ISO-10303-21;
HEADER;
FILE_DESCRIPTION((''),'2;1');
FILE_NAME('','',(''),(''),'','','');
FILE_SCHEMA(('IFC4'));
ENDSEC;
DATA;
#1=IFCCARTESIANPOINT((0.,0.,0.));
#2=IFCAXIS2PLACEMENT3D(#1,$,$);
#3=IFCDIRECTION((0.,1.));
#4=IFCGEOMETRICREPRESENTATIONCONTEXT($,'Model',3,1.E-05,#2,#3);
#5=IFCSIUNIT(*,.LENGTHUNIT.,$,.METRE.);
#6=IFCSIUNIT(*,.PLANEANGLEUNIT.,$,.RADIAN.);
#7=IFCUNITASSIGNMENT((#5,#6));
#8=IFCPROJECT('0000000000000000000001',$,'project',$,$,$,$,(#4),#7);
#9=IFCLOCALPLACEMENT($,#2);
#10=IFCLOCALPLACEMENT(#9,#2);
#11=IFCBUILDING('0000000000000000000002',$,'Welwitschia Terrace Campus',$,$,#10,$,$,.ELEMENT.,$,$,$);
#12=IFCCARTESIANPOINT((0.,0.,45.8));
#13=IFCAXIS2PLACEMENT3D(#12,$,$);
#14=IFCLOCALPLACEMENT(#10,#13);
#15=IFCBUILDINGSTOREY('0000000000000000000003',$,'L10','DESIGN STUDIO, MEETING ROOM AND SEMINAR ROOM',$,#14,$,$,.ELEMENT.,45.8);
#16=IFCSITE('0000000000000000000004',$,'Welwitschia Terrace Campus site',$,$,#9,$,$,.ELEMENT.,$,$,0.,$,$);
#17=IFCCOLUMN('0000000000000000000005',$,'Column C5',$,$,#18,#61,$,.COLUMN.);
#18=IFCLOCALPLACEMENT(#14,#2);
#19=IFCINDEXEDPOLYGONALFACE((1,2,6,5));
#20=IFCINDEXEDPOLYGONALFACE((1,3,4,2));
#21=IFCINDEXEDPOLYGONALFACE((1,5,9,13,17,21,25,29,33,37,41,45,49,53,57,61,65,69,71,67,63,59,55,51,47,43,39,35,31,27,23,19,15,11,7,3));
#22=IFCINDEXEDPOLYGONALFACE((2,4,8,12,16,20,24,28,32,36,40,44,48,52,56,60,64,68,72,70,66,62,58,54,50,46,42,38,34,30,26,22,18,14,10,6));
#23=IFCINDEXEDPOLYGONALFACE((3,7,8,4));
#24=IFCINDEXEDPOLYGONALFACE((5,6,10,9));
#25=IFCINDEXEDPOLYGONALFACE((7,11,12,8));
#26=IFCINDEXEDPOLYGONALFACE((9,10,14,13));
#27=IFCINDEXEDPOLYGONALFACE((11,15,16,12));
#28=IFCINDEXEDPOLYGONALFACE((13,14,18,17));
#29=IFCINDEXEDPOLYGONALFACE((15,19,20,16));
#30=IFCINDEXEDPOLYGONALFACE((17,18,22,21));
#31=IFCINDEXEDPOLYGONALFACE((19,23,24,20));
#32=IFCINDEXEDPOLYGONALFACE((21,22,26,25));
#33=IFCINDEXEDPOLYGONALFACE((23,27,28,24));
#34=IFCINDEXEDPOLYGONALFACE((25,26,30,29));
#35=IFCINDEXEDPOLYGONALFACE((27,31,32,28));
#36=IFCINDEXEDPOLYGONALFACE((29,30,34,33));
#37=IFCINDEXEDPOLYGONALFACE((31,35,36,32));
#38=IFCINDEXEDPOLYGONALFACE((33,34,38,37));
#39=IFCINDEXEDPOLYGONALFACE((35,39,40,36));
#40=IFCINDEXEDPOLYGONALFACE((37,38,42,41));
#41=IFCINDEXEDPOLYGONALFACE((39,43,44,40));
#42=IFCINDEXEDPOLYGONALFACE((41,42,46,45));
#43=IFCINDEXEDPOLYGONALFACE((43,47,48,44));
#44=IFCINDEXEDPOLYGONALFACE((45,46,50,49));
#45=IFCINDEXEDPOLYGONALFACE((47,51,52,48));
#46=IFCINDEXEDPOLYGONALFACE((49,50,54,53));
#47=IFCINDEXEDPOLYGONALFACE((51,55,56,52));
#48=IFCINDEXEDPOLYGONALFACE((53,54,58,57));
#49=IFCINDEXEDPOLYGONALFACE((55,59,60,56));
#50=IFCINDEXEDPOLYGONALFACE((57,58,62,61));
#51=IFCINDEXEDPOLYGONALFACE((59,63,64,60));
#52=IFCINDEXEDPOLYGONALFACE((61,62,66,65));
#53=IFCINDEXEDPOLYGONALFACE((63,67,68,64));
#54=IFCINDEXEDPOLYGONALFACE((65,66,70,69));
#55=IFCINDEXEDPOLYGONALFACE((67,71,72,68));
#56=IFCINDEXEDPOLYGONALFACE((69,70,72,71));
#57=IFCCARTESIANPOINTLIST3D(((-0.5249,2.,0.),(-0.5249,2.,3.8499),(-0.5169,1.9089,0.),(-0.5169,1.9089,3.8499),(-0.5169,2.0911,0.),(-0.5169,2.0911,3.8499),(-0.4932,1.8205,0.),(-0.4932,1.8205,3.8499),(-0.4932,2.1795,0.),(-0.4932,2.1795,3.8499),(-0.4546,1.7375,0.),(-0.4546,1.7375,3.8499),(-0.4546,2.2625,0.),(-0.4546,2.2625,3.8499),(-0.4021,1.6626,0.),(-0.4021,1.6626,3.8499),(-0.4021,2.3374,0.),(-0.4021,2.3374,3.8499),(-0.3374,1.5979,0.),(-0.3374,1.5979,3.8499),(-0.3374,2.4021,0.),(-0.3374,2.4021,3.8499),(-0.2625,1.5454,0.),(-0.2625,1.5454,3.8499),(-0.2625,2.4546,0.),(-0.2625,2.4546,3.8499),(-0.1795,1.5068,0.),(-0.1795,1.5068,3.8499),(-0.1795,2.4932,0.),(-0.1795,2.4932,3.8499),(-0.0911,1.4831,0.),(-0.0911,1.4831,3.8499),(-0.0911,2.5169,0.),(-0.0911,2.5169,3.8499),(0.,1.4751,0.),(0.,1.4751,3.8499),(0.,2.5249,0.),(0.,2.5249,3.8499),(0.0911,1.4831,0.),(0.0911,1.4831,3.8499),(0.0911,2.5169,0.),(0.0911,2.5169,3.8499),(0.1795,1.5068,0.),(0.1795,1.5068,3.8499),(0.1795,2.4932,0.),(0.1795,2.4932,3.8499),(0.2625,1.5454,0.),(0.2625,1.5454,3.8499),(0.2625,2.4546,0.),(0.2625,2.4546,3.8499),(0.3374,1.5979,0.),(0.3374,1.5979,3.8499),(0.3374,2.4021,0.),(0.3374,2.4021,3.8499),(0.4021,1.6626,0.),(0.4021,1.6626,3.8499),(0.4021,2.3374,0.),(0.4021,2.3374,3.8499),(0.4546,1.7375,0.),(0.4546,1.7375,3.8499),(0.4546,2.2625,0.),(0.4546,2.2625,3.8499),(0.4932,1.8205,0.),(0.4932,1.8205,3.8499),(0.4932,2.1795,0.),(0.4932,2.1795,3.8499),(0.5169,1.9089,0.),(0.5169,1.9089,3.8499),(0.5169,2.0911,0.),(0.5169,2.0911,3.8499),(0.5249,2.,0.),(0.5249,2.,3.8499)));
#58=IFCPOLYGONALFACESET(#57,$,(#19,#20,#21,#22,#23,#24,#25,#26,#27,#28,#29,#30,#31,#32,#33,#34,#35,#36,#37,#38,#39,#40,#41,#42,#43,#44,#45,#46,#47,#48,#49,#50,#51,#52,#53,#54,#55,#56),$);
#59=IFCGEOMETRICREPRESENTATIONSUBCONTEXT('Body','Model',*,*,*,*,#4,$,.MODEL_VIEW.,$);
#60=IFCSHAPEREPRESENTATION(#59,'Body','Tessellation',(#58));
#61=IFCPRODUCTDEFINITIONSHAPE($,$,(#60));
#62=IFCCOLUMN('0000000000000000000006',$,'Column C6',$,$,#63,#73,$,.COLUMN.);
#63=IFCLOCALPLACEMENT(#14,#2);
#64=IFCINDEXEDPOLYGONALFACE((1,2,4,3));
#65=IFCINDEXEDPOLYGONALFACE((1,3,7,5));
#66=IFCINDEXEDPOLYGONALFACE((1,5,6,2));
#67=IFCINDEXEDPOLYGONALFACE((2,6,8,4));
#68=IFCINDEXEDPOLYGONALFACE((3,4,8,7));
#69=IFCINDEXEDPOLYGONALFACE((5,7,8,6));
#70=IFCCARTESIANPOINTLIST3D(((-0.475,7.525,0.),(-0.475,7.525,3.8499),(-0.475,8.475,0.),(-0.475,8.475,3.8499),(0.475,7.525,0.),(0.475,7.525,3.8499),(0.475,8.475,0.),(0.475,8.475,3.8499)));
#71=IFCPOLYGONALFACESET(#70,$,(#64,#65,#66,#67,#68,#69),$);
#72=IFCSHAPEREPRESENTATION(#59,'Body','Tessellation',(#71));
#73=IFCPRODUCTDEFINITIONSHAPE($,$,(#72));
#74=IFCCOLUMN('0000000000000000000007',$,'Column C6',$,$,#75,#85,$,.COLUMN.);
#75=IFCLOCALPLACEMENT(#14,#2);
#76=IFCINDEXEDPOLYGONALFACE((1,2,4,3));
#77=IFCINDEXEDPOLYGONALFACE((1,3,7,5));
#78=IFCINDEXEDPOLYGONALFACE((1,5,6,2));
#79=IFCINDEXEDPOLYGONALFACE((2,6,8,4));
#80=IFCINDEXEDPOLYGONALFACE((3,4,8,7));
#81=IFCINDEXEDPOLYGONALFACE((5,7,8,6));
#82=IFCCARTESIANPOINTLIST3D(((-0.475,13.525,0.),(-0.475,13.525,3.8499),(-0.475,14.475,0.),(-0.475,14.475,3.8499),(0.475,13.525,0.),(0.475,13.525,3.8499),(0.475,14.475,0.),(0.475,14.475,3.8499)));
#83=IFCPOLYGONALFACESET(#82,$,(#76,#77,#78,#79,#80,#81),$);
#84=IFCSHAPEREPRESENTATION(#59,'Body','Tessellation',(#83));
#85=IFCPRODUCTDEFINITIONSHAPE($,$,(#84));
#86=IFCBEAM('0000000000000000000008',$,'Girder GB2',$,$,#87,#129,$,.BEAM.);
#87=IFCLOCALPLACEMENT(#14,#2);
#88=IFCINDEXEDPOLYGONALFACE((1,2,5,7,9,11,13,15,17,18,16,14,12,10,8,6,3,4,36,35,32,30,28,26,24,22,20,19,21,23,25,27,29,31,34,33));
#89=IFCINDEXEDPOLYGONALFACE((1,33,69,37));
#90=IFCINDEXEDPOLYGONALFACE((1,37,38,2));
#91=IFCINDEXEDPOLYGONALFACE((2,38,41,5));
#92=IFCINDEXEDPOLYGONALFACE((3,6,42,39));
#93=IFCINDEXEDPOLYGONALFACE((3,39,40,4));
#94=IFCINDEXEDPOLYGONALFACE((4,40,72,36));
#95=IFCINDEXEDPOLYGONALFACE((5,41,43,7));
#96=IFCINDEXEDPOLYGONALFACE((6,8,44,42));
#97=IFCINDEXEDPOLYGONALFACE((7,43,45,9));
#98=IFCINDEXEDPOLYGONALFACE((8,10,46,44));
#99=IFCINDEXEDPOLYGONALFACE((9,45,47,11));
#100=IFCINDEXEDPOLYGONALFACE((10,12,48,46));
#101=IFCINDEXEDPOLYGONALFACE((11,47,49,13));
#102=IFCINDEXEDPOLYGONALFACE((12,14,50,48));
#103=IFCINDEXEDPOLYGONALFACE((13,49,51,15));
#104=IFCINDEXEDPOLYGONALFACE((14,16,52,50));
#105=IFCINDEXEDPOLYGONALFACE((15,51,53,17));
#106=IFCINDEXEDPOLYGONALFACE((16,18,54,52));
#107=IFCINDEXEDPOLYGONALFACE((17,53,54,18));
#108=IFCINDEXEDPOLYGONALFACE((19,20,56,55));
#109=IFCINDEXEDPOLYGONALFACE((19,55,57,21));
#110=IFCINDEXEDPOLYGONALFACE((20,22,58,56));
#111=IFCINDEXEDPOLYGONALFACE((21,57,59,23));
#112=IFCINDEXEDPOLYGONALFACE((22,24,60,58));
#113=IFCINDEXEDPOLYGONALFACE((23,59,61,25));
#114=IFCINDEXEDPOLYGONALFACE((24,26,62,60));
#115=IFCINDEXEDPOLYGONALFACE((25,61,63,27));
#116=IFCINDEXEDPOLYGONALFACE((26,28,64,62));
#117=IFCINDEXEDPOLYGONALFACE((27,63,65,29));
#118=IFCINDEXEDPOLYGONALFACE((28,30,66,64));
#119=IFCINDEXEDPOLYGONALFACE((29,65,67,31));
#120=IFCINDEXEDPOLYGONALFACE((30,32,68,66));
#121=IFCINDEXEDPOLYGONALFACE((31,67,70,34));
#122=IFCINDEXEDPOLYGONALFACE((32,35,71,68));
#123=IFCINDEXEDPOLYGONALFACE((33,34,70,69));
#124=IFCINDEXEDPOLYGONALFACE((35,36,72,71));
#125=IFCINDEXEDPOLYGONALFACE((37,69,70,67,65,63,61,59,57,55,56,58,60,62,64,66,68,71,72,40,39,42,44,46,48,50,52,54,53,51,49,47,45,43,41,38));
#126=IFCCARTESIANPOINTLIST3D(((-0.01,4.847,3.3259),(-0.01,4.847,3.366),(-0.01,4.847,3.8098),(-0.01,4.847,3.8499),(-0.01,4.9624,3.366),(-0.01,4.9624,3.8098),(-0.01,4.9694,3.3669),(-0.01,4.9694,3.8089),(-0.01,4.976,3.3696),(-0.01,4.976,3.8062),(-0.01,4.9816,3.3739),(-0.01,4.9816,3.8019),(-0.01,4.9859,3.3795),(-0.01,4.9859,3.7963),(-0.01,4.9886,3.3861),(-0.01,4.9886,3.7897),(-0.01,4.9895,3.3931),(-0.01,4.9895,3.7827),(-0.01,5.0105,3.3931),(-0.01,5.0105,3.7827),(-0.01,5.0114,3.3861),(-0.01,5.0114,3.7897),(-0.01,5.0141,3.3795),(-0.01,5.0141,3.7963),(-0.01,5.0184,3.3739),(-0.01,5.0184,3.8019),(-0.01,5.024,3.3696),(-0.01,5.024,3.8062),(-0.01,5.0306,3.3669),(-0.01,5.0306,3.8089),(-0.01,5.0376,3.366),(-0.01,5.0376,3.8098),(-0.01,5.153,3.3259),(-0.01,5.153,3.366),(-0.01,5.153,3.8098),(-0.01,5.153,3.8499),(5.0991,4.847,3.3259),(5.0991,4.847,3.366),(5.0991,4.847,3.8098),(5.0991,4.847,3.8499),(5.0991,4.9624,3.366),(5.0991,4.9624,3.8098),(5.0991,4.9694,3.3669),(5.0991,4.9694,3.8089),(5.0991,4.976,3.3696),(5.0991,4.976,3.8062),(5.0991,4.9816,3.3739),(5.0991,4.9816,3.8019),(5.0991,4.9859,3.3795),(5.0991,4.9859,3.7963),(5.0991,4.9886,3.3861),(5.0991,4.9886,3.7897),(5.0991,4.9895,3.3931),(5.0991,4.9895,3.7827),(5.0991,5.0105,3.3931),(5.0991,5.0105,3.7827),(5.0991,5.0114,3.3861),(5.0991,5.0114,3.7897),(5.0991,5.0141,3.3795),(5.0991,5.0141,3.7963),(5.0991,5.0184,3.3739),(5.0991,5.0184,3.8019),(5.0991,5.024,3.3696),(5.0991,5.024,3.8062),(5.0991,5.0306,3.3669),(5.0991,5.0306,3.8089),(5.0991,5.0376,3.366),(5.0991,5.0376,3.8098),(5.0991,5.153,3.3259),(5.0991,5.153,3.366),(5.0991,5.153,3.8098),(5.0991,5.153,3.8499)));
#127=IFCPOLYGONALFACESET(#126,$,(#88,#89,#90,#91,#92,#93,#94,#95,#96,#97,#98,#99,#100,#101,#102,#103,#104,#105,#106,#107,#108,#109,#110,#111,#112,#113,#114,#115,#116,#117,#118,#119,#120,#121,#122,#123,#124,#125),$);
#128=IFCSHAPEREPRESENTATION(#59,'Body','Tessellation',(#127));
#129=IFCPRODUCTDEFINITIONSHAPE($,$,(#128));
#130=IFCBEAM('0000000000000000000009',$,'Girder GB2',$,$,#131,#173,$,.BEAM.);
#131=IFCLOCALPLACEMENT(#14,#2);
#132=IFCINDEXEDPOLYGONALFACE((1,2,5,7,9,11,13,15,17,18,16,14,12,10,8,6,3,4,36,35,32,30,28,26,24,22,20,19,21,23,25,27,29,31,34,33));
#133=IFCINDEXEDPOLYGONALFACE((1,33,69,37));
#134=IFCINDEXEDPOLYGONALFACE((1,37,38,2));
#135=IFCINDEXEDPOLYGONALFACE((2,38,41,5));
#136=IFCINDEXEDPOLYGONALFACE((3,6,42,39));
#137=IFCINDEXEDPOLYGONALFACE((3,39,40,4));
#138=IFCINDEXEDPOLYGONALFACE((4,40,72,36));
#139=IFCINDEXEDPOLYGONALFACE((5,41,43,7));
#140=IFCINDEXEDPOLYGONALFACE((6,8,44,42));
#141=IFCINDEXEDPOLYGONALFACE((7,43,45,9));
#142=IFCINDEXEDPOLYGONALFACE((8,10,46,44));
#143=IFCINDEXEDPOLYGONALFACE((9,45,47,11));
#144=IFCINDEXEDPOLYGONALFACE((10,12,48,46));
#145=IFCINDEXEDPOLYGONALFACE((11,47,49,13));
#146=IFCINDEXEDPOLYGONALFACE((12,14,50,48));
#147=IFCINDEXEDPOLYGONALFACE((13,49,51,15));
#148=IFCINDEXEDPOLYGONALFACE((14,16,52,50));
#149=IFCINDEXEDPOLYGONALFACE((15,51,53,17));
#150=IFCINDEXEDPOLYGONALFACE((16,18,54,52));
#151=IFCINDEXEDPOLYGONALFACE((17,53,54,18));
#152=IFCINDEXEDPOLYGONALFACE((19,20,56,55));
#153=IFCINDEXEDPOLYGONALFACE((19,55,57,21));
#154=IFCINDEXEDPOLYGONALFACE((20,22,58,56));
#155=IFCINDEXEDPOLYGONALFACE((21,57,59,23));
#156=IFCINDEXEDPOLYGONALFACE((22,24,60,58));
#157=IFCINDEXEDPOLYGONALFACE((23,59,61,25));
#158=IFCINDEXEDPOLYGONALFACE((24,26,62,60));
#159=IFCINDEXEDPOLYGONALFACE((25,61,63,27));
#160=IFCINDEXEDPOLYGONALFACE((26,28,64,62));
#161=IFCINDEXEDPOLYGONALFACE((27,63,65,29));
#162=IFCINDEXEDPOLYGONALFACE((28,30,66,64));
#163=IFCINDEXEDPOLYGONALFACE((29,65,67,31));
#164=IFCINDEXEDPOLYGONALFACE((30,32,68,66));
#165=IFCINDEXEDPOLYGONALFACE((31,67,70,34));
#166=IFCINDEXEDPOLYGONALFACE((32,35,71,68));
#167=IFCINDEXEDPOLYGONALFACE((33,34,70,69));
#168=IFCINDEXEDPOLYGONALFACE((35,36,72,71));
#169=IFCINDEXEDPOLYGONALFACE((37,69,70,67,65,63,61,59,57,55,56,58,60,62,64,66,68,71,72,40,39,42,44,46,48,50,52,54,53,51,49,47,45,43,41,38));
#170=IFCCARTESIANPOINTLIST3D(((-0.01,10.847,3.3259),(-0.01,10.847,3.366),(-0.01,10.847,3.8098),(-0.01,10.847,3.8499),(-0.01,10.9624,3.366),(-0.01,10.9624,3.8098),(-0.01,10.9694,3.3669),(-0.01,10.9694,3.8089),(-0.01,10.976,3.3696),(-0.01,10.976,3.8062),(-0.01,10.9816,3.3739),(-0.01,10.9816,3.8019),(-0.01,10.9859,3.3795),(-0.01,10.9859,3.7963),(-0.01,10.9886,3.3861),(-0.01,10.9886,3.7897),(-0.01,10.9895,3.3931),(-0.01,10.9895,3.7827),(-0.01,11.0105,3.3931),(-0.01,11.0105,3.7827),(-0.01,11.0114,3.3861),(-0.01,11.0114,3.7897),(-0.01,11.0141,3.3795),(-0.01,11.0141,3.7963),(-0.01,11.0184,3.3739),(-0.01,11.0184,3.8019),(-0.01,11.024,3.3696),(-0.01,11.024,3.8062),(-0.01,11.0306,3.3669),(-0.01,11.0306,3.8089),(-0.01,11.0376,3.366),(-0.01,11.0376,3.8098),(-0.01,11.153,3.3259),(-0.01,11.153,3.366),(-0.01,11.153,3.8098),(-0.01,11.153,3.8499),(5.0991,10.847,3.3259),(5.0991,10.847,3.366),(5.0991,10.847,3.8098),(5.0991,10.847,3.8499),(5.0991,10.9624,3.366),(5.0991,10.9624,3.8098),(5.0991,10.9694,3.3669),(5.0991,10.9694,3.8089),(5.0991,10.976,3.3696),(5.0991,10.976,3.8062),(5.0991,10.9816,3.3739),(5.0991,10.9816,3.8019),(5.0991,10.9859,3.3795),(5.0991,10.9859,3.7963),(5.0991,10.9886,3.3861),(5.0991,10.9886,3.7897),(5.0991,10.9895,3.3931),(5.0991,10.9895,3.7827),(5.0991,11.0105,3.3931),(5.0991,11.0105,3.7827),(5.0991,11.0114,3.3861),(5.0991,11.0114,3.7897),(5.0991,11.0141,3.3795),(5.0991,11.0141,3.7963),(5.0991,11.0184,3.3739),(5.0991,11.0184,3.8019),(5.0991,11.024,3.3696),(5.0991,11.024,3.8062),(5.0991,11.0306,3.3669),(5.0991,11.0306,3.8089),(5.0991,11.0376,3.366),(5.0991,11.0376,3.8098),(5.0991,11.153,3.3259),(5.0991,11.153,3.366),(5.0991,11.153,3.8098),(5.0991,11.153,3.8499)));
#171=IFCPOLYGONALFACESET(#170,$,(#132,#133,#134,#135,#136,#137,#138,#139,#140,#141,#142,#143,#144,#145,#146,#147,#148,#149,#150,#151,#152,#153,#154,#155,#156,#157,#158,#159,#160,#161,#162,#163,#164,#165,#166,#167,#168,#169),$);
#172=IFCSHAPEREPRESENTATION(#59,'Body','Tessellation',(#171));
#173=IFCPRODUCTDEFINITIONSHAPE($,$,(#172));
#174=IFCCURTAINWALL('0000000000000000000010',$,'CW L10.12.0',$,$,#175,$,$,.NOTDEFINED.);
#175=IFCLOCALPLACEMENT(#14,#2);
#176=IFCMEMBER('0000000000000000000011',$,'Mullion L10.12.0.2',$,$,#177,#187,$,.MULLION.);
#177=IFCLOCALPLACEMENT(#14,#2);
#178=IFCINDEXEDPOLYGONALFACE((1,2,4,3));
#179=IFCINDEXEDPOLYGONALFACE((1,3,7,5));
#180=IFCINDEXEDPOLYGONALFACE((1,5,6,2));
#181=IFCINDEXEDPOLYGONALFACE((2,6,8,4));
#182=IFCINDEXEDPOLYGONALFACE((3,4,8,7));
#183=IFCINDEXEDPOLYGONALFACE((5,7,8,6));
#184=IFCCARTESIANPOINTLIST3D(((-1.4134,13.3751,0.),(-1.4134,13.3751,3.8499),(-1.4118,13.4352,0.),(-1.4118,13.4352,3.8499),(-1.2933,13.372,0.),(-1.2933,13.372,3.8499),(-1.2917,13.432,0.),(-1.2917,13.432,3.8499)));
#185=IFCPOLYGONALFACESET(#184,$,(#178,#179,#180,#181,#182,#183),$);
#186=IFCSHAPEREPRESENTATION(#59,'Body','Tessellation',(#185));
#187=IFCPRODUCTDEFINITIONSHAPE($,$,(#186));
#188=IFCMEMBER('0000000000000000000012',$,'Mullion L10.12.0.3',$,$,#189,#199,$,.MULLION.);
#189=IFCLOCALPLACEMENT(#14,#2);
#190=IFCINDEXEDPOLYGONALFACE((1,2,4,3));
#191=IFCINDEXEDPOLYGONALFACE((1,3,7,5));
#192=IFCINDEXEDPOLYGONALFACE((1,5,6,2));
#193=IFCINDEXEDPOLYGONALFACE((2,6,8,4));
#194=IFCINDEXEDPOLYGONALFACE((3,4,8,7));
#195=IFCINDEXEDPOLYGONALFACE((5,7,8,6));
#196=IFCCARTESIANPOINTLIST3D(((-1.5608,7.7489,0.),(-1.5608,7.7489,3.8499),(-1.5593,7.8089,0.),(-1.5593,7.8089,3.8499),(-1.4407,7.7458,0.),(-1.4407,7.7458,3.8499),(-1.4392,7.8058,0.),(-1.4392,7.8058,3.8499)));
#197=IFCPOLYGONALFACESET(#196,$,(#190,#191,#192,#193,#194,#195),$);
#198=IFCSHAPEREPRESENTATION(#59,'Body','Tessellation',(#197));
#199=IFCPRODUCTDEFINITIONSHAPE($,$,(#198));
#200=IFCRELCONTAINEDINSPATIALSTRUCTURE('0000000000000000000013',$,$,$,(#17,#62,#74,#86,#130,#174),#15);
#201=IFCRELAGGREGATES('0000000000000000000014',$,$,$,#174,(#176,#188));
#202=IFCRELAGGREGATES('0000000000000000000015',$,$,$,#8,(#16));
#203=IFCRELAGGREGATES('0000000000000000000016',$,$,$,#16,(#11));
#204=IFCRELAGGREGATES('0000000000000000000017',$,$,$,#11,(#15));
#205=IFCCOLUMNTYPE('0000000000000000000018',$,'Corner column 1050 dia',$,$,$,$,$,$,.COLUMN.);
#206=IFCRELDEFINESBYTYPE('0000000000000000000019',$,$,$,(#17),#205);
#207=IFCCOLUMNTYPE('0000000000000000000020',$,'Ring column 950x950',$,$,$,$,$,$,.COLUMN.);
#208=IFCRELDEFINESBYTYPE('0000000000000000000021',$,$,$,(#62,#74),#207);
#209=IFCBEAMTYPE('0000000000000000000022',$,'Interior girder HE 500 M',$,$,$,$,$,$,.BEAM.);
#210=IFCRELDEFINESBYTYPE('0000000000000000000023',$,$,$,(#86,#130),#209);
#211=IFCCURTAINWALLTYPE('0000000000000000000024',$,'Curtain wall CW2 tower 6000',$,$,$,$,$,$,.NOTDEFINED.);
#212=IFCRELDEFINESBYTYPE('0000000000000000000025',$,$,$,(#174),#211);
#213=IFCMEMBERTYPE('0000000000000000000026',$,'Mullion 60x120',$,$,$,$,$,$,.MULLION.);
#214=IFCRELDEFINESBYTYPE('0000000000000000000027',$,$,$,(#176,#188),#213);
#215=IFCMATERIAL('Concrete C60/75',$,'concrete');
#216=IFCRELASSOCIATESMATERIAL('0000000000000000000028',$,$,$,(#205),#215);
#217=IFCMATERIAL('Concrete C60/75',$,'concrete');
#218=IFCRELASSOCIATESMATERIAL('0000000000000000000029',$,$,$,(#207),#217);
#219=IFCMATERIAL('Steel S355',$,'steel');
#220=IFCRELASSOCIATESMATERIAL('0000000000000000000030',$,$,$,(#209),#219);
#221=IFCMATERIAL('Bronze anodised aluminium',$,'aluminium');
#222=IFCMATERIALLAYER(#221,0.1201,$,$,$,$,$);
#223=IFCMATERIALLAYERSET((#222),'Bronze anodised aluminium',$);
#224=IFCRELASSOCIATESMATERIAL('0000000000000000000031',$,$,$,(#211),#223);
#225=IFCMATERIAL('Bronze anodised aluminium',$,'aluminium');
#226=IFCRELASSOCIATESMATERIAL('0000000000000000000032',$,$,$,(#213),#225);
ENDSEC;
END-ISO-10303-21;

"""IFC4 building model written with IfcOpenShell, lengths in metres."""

from ifc_helpers import new_model, si_unit, direction, frame, origin, origin_2d, place, context, subcontext, project, spatial, rectangle, circle, i_section, extrude, material, layer, layer_set, material_profile, profile_set, type_object, element, aggregate, save


model = new_model("IFC4")

# Units and contexts
model_context = context("Model", 3, precision=1e-05, world=origin(), true_north=direction((0.0, 1.0)))
body_context = subcontext(model_context, "Body", "Model", "MODEL_VIEW")
ifc_project = project(units=[si_unit("LENGTHUNIT", "METRE"), si_unit("PLANEANGLEUNIT", "RADIAN")], contexts=[model_context])

# Site, building, storey
site_placement = place(None, origin())
site = spatial("IfcSite", under=ifc_project, at=site_placement, Name="Welwitschia Terrace Campus site", CompositionType="ELEMENT", RefElevation=0.0)
building_placement = place(site_placement, origin())
building = spatial("IfcBuilding", under=site, at=building_placement, Name="Welwitschia Terrace Campus", CompositionType="ELEMENT")
storey_placement = place(building_placement, frame((0.0, 0.0, 45.8)))
storey = spatial("IfcBuildingStorey", under=building, at=storey_placement, Name="L10", Description="DESIGN STUDIO, MEETING ROOM AND SEMINAR ROOM", CompositionType="ELEMENT", Elevation=45.8)

# Columns
ifc_material_1 = material(Name="Concrete C60/75", Category="concrete")
ifc_material_profile_1 = material_profile(ifc_material_1, circle(Radius=0.5249, at=origin_2d()))
ifc_profile_set_1 = profile_set([ifc_material_profile_1], Name="Concrete C60/75")
column_type_1 = type_object("IfcColumnType", Name="Corner column 1050 dia", PredefinedType="COLUMN", material=ifc_profile_set_1)
column_placement = place(storey_placement, frame((0.0, 2.0, 0.0), z_axis=(0.0, 0.0, 1.0), x_axis=(1.0, 0.0, 0.0)))
element("IfcColumn", 1, at=column_placement, inside=storey, type_object=column_type_1, Name="Column C5", PredefinedType="COLUMN", context=body_context, shape_type="SweptSolid", body=[
    extrude(circle(Radius=0.5249, at=origin_2d()), origin(), (0.0, 0.0, 1.0), 3.8499),
])
ifc_material_2 = material(Name="Concrete C60/75", Category="concrete")
ifc_material_profile_2 = material_profile(ifc_material_2, rectangle(XDim=0.95, YDim=0.95, at=origin_2d()))
ifc_profile_set_2 = profile_set([ifc_material_profile_2], Name="Concrete C60/75")
column_type_2 = type_object("IfcColumnType", Name="Ring column 950x950", PredefinedType="COLUMN", material=ifc_profile_set_2)
for number, where, z_axis, x_axis, name in (
    (2, (0.0, 8.0, 0.0), (0.0, 0.0, 1.0), (1.0, 0.0, 0.0), "Column C6"),
    (3, (0.0, 14.0, 0.0), (0.0, 0.0, 1.0), (1.0, 0.0, 0.0), "Column C6"),
):
    element("IfcColumn", number, at=place(storey_placement, frame(where, z_axis=z_axis, x_axis=x_axis)), inside=storey, type_object=column_type_2, Name=name, PredefinedType="COLUMN", context=body_context, shape_type="SweptSolid", body=[
        extrude(rectangle(XDim=0.95, YDim=0.95, at=origin_2d()), origin(), (0.0, 0.0, 1.0), 3.8499),
    ])

# Beams
ifc_material_3 = material(Name="Steel S355", Category="steel")
ifc_material_profile_3 = material_profile(ifc_material_3, i_section(OverallWidth=0.3059, OverallDepth=0.5239, WebThickness=0.021, FlangeThickness=0.04, FilletRadius=0.0271, at=origin_2d()))
ifc_profile_set_3 = profile_set([ifc_material_profile_3], Name="Steel S355")
beam_type_1 = type_object("IfcBeamType", Name="Interior girder HE 500 M", PredefinedType="BEAM", material=ifc_profile_set_3)
for number, where, z_axis, x_axis, name in (
    (4, (-0.01, 5.0, 3.5879), (1.0, 0.0, 0.0), (0.0, 1.0, 0.0), "Girder GB2"),
    (5, (-0.01, 11.0, 3.5879), (1.0, 0.0, 0.0), (0.0, 1.0, 0.0), "Girder GB2"),
):
    element("IfcBeam", number, at=place(storey_placement, frame(where, z_axis=z_axis, x_axis=x_axis)), inside=storey, type_object=beam_type_1, Name=name, PredefinedType="BEAM", context=body_context, shape_type="SweptSolid", body=[
        extrude(i_section(OverallWidth=0.3059, OverallDepth=0.5239, WebThickness=0.021, FlangeThickness=0.04, FilletRadius=0.0271, at=origin_2d()), origin(), (0.0, 0.0, 1.0), 5.1091),
    ])

# Curtain wall, members
ifc_material_4 = material(Name="Bronze anodised aluminium", Category="aluminium")
ifc_layer_1 = layer(ifc_material_4, 0.1201)
ifc_layer_set_1 = layer_set([ifc_layer_1], Name="Bronze anodised aluminium")
curtain_wall_type = type_object("IfcCurtainWallType", Name="Curtain wall CW2 tower 6000", PredefinedType="NOTDEFINED", material=ifc_layer_set_1)
curtain_wall_1_placement = place(storey_placement, origin())
curtain_wall_1 = element("IfcCurtainWall", 6, at=curtain_wall_1_placement, inside=storey, type_object=curtain_wall_type, Name="CW L10.12.0", PredefinedType="NOTDEFINED")
ifc_material_5 = material(Name="Bronze anodised aluminium", Category="aluminium")
ifc_material_profile_4 = material_profile(ifc_material_5, rectangle(XDim=0.1201, YDim=0.0601, at=origin_2d()))
ifc_profile_set_4 = profile_set([ifc_material_profile_4], Name="Bronze anodised aluminium")
member_type_1 = type_object("IfcMemberType", Name="Mullion 60x120", PredefinedType="MULLION", material=ifc_profile_set_4)
member_1_placement = place(storey_placement, frame((-1.3525, 13.4036, 0.0), z_axis=(0.0, 0.0, 1.0), x_axis=(0.999657, -0.026177, 0.0)))
member_1 = element("IfcMember", 7, at=member_1_placement, type_object=member_type_1, Name="Mullion L10.12.0.2", PredefinedType="MULLION", context=body_context, shape_type="SweptSolid", body=[
    extrude(rectangle(XDim=0.1201, YDim=0.0601, at=origin_2d()), origin(), (0.0, 0.0, 1.0), 3.8499),
])
member_2_placement = place(storey_placement, frame((-1.5, 7.7773, 0.0), z_axis=(0.0, 0.0, 1.0), x_axis=(0.999657, -0.026177, 0.0)))
member_2 = element("IfcMember", 8, at=member_2_placement, type_object=member_type_1, Name="Mullion L10.12.0.3", PredefinedType="MULLION", context=body_context, shape_type="SweptSolid", body=[
    extrude(rectangle(XDim=0.1201, YDim=0.0601, at=origin_2d()), origin(), (0.0, 0.0, 1.0), 3.8499),
])

aggregate(curtain_wall_1, [member_1, member_2])

save(model, "model.ifc")
